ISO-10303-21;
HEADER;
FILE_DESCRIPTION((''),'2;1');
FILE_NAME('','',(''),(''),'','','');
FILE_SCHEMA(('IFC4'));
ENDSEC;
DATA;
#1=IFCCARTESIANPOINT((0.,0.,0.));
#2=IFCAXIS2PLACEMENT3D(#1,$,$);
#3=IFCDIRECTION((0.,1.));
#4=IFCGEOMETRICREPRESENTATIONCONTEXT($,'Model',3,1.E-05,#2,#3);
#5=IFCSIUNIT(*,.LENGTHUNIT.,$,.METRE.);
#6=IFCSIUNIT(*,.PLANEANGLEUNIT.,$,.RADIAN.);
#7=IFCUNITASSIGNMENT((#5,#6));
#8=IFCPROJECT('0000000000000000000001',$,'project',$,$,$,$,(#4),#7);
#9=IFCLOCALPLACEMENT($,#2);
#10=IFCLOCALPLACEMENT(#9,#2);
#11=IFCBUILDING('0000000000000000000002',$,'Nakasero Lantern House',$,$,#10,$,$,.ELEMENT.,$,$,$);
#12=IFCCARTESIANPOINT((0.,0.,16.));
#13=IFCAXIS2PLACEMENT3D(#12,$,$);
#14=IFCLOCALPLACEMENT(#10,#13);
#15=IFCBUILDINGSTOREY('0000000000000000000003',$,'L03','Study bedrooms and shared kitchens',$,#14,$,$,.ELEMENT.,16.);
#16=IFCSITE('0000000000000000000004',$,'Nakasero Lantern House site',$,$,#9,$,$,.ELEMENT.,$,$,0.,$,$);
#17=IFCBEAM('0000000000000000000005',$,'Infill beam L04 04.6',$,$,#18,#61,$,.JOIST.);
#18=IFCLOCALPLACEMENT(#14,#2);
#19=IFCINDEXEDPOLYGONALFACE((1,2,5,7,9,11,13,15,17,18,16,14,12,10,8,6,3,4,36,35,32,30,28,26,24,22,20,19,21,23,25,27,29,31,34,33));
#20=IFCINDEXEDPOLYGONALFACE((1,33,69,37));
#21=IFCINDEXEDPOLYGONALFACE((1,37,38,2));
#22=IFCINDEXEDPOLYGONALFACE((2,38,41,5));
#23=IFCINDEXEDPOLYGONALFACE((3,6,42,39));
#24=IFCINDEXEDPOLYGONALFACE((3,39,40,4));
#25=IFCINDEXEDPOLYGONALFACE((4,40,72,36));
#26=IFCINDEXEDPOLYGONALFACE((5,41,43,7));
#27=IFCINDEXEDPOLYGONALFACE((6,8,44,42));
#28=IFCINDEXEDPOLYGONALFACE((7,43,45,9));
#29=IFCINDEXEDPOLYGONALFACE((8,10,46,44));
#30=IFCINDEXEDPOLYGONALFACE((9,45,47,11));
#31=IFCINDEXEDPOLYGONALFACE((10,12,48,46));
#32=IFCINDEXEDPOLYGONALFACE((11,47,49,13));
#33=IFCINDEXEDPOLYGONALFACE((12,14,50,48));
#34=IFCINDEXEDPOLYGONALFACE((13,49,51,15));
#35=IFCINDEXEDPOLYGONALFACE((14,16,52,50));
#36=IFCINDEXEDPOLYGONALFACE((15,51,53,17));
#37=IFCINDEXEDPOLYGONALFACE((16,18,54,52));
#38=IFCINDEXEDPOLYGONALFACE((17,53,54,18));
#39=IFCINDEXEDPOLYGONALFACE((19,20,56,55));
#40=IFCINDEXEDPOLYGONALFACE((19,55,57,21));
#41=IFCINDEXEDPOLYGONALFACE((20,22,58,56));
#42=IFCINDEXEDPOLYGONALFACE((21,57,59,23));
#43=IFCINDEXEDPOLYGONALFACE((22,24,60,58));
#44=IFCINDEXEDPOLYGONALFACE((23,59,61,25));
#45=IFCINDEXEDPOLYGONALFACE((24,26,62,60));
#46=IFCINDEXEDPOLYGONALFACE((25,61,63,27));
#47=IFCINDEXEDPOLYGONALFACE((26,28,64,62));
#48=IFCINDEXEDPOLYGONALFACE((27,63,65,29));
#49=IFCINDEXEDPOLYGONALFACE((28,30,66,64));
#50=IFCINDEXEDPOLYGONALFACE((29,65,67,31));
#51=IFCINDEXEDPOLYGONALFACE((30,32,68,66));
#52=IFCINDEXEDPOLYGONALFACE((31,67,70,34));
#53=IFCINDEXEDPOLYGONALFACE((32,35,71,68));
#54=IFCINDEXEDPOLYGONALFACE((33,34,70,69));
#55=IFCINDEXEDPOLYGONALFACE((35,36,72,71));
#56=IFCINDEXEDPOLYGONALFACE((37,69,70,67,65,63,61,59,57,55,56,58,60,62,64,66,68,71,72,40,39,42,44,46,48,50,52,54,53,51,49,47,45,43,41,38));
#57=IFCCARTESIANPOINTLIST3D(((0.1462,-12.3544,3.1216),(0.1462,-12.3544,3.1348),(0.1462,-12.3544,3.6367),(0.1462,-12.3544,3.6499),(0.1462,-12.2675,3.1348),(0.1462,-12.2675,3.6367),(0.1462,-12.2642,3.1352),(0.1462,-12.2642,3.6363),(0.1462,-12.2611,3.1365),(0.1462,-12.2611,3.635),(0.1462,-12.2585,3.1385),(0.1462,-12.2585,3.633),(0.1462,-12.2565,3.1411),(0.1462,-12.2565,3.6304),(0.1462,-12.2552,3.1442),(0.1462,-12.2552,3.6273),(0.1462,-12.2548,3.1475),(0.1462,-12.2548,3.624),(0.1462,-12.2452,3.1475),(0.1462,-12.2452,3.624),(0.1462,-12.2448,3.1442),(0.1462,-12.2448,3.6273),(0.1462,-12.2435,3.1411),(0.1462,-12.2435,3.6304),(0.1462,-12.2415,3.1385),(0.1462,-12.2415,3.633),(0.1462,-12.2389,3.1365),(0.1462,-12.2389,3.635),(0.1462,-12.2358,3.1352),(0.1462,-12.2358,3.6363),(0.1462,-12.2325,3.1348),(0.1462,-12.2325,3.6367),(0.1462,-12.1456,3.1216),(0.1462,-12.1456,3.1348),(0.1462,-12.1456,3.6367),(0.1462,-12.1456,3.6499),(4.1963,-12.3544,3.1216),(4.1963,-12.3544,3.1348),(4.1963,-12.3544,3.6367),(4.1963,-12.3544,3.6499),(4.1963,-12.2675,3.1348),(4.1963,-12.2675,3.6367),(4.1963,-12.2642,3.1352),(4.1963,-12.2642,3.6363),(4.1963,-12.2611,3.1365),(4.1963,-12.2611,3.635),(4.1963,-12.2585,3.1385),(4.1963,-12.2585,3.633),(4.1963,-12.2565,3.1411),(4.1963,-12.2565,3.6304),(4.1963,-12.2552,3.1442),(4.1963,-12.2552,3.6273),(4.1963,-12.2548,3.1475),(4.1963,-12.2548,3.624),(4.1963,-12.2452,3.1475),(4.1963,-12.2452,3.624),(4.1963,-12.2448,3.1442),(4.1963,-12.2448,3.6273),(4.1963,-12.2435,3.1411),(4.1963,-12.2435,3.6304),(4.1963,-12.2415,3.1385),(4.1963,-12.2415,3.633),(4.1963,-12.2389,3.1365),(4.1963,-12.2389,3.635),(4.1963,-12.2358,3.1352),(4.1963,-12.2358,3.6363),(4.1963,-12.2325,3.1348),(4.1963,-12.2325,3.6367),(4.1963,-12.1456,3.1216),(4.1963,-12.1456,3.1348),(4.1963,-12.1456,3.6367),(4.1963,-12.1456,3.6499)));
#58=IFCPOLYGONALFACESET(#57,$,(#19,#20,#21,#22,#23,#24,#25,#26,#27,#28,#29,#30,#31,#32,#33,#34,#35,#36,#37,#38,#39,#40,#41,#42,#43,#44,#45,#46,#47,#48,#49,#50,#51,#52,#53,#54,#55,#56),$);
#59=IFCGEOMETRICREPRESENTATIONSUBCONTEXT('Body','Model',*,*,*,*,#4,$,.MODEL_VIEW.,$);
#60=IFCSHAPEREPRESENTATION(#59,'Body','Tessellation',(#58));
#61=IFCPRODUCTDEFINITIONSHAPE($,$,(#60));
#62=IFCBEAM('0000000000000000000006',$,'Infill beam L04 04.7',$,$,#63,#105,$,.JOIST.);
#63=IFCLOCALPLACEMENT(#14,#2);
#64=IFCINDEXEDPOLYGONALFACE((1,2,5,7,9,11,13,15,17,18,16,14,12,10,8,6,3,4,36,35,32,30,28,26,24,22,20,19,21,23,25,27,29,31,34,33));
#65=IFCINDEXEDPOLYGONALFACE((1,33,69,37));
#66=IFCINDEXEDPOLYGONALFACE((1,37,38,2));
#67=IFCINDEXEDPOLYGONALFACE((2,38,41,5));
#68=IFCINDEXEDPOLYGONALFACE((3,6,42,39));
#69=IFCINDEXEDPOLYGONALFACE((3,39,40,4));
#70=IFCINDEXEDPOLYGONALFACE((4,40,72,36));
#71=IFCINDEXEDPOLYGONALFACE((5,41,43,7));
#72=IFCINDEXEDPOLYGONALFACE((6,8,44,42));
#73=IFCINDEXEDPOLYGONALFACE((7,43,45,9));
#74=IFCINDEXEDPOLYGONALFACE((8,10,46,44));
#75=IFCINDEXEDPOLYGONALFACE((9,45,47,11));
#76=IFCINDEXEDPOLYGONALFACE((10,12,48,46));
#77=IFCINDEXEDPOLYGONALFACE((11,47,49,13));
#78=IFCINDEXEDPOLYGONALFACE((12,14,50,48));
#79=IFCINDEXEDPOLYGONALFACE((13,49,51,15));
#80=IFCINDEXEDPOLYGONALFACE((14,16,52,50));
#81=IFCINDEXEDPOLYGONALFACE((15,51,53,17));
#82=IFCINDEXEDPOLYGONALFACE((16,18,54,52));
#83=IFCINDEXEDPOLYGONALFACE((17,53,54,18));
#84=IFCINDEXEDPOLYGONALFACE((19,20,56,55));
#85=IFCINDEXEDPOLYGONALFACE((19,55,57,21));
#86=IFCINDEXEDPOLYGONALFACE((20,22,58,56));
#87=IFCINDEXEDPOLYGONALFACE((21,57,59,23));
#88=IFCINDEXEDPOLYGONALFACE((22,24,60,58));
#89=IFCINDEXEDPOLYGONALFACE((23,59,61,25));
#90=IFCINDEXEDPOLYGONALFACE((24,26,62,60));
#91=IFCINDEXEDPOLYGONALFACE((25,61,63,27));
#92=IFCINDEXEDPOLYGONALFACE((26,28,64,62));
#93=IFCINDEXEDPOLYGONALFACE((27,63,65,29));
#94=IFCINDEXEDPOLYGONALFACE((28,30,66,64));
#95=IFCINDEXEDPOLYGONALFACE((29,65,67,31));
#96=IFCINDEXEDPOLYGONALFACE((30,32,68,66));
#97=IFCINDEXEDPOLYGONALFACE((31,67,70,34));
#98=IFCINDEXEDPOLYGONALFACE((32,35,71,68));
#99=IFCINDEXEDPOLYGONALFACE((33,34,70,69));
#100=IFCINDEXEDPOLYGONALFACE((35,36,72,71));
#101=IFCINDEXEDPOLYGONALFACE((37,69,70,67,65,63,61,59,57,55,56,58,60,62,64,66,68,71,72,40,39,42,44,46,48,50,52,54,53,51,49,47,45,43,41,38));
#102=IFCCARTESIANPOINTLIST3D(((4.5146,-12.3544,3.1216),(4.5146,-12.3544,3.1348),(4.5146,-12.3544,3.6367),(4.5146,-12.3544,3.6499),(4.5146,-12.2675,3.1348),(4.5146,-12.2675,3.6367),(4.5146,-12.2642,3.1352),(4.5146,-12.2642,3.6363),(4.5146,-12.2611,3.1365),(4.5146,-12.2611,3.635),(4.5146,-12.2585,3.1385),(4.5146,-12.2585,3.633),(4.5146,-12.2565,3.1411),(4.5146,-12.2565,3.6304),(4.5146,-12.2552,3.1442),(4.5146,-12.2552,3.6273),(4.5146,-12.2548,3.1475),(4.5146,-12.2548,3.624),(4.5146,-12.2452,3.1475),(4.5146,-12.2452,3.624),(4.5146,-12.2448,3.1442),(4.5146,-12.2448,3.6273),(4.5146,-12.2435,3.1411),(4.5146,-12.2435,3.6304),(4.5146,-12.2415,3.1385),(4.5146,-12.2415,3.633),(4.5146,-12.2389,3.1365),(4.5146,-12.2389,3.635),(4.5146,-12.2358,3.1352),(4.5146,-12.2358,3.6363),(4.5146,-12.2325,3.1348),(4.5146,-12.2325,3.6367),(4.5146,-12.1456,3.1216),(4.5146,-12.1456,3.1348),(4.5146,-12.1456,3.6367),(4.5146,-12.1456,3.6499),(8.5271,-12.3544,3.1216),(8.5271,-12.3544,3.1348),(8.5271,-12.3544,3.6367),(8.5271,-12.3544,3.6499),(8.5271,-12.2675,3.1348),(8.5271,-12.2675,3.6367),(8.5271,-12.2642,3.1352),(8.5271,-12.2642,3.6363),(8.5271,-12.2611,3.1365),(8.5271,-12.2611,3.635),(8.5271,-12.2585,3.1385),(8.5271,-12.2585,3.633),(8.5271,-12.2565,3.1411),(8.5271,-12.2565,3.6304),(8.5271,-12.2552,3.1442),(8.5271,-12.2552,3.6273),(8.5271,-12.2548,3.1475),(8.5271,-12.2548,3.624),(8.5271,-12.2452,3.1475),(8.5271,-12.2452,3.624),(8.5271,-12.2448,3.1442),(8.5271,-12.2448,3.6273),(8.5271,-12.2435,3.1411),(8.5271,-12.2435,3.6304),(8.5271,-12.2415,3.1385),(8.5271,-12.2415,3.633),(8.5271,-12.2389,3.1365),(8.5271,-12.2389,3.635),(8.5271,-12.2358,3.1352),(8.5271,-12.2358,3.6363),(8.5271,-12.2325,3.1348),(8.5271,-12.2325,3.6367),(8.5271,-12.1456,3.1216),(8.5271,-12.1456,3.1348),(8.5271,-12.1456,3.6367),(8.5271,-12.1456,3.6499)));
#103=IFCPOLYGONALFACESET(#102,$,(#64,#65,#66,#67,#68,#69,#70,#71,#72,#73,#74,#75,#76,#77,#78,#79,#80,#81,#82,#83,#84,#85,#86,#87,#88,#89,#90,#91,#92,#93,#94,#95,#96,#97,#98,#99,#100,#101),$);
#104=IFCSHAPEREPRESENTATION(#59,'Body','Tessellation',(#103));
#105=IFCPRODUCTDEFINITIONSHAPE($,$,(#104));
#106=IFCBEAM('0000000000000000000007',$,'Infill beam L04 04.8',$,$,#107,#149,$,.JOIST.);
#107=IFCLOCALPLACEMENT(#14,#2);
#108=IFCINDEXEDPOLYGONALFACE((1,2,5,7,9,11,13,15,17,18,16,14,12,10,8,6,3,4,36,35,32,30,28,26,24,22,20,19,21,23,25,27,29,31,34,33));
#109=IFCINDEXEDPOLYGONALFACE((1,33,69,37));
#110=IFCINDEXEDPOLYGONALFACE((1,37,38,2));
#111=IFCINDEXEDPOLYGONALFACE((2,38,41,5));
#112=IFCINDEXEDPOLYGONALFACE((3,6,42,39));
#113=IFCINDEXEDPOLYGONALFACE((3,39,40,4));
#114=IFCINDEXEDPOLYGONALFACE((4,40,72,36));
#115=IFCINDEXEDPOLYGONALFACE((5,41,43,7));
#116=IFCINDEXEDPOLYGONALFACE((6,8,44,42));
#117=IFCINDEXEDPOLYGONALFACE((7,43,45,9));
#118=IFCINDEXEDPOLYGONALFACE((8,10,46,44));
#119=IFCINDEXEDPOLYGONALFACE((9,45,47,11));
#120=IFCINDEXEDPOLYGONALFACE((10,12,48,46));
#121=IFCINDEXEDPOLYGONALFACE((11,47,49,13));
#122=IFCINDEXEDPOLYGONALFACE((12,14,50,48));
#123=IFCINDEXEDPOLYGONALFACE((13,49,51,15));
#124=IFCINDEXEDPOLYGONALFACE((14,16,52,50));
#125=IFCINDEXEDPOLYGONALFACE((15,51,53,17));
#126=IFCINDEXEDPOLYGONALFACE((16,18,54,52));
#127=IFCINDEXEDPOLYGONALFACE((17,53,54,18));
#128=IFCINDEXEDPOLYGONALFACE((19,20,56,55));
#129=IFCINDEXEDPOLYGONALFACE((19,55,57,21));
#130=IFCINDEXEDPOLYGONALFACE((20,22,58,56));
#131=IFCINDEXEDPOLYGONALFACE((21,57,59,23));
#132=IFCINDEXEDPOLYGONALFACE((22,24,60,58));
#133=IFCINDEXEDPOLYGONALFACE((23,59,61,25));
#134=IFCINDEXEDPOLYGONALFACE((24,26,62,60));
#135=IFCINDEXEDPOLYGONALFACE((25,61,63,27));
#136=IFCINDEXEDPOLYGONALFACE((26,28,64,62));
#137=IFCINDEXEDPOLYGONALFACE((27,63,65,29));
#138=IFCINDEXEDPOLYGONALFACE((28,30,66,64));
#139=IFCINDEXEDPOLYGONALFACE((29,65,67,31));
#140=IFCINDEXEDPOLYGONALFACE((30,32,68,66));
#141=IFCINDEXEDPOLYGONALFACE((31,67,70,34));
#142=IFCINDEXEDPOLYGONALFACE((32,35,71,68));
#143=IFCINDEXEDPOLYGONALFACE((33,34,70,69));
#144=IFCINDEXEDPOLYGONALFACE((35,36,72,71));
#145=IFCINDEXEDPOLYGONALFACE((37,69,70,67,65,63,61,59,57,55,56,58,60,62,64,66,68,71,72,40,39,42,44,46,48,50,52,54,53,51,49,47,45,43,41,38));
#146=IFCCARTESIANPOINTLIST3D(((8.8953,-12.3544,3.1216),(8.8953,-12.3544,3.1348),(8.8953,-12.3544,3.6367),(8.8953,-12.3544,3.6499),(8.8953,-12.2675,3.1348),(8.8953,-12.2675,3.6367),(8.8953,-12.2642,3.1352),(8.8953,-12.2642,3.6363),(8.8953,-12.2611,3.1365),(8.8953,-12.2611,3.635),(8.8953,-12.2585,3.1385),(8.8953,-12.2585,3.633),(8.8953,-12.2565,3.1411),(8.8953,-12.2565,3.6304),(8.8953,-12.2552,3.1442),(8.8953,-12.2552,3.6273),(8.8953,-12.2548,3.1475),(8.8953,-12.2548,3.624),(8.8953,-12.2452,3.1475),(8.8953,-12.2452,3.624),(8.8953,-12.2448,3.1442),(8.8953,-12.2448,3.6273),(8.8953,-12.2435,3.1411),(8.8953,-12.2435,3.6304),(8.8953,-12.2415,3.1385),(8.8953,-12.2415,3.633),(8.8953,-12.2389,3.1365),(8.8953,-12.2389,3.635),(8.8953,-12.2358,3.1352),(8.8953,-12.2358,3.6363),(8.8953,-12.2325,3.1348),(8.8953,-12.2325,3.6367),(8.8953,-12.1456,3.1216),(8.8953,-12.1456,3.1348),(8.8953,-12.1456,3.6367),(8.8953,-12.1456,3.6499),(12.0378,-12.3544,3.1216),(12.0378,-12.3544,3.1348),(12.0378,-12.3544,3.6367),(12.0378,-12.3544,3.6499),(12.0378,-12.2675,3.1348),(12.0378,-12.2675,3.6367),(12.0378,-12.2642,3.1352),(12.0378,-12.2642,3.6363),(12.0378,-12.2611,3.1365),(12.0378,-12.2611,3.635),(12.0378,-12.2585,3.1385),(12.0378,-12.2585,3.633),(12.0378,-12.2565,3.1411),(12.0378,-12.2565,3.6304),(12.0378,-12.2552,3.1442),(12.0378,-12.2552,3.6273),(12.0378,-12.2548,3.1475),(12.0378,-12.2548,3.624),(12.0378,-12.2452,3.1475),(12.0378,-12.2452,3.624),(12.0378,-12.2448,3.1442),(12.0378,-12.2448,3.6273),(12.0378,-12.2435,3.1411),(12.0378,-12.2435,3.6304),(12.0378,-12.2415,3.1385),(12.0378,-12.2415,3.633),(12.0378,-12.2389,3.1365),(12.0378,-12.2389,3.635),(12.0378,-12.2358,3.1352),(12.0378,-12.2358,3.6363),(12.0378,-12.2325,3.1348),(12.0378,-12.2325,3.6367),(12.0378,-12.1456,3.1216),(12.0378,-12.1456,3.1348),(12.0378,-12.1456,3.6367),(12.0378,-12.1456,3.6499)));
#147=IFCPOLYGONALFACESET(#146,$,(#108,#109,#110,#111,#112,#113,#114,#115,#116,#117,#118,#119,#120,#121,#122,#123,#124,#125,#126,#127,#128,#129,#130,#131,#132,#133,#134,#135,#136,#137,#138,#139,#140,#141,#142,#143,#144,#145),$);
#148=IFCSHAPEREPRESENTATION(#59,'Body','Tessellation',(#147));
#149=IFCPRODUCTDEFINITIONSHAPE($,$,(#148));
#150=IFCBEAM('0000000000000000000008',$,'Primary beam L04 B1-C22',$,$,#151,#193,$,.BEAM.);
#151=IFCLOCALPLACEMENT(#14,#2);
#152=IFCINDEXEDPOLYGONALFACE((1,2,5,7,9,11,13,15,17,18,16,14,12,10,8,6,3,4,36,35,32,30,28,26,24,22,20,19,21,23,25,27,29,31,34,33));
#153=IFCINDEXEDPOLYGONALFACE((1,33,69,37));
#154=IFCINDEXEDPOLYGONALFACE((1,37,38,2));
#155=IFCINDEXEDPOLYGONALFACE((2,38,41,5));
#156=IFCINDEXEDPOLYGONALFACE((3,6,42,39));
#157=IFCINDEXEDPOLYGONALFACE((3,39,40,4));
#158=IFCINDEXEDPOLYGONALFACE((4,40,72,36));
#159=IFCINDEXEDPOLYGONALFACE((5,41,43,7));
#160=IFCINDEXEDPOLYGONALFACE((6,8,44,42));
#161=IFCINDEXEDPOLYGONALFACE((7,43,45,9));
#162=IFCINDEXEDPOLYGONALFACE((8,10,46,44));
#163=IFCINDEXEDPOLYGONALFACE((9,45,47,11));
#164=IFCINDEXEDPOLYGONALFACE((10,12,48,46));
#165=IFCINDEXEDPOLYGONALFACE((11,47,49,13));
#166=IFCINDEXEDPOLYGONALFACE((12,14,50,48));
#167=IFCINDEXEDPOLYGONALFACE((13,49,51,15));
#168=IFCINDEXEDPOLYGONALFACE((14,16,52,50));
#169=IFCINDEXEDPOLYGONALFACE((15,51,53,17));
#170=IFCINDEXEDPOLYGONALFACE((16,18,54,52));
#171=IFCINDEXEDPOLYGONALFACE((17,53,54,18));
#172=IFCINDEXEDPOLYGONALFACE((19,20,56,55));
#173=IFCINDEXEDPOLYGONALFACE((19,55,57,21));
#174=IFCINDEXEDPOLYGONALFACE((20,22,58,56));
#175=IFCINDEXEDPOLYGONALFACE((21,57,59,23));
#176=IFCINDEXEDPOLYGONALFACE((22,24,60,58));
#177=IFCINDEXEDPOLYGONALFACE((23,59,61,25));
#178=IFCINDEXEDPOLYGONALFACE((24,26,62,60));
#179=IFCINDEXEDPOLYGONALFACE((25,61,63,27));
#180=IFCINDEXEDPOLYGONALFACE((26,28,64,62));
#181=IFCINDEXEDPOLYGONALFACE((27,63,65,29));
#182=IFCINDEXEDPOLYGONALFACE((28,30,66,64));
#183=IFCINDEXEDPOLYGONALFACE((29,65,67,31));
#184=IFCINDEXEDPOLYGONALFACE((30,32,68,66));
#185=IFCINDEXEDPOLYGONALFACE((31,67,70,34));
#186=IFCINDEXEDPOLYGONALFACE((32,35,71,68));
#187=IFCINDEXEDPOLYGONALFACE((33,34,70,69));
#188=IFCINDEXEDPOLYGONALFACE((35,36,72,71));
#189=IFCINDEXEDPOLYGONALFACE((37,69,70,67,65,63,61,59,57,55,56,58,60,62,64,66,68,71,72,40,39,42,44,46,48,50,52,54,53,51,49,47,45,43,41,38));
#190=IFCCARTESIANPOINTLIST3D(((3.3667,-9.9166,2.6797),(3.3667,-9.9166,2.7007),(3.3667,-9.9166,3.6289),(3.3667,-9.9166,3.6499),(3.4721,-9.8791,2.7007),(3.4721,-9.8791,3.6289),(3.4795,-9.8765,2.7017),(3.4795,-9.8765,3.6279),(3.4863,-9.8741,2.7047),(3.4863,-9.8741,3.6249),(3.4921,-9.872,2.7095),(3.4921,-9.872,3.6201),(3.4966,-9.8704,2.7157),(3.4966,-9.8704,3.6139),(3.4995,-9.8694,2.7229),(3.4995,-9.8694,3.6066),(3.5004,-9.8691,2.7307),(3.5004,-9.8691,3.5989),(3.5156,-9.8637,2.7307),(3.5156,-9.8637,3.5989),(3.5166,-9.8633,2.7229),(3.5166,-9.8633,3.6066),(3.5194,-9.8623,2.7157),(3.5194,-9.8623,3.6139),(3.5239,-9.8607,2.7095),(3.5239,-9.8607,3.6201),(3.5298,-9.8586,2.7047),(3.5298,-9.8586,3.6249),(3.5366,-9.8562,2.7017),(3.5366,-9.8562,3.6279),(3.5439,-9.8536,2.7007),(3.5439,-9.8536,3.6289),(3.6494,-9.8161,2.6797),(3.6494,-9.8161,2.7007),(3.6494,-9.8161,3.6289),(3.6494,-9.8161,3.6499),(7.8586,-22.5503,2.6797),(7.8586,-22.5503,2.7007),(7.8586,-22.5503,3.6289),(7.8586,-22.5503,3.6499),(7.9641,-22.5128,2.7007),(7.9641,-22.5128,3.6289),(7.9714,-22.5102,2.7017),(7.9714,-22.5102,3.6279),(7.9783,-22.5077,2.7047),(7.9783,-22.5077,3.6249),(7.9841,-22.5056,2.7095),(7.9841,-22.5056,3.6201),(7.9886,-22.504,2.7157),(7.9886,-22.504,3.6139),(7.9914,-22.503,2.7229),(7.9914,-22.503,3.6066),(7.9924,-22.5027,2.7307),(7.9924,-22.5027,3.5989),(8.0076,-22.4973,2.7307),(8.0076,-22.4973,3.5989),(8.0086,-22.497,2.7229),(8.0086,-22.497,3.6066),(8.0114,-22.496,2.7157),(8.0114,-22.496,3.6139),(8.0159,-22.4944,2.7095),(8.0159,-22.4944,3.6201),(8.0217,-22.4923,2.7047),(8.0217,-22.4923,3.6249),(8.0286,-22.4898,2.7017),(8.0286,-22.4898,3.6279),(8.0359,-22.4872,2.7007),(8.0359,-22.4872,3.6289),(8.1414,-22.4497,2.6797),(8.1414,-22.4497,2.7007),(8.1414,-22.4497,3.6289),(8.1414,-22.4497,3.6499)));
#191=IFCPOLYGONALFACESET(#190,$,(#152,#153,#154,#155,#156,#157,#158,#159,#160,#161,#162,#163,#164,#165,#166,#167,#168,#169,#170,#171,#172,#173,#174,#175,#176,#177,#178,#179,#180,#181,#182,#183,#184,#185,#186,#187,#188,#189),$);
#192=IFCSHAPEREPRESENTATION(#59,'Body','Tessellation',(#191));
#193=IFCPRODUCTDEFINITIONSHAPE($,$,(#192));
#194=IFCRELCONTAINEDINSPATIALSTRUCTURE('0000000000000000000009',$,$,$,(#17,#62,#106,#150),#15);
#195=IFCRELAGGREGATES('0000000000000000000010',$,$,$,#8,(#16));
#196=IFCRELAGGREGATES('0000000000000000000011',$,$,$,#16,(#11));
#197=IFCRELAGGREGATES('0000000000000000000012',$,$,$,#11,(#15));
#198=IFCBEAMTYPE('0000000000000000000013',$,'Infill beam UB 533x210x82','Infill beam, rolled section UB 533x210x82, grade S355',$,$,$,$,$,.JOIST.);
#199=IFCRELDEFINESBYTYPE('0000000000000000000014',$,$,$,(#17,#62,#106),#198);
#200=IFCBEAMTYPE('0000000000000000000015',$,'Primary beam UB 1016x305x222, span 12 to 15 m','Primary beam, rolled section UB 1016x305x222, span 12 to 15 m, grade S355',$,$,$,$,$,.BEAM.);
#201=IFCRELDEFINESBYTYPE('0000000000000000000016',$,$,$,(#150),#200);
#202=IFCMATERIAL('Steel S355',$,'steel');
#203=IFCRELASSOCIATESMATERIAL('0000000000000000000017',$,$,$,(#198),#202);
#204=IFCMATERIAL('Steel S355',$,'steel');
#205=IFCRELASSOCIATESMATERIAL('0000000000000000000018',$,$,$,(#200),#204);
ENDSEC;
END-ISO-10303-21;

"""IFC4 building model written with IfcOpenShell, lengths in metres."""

from ifc_helpers import new_model, si_unit, direction, frame, origin, origin_2d, place, context, subcontext, project, spatial, i_section, extrude, material, material_profile, profile_set, type_object, element, save


model = new_model("IFC4")

# Units and contexts
model_context = context("Model", 3, precision=1e-05, world=origin(), true_north=direction((0.0, 1.0)))
body_context = subcontext(model_context, "Body", "Model", "MODEL_VIEW")
ifc_project = project(units=[si_unit("LENGTHUNIT", "METRE"), si_unit("PLANEANGLEUNIT", "RADIAN")], contexts=[model_context])

# Site, building, storey
site_placement = place(None, origin())
site = spatial("IfcSite", under=ifc_project, at=site_placement, Name="Nakasero Lantern House site", CompositionType="ELEMENT", RefElevation=0.0)
building_placement = place(site_placement, origin())
building = spatial("IfcBuilding", under=site, at=building_placement, Name="Nakasero Lantern House", CompositionType="ELEMENT")
storey_placement = place(building_placement, frame((0.0, 0.0, 16.0)))
storey = spatial("IfcBuildingStorey", under=building, at=storey_placement, Name="L03", Description="Study bedrooms and shared kitchens", CompositionType="ELEMENT", Elevation=16.0)

# Beams
ifc_material_1 = material(Name="Steel S355", Category="steel")
ifc_material_profile_1 = material_profile(ifc_material_1, i_section(OverallWidth=0.2087, OverallDepth=0.5283, WebThickness=0.0095, FlangeThickness=0.0132, FilletRadius=0.0127, at=origin_2d()), Name="UB 533x210x82")
ifc_profile_set_1 = profile_set([ifc_material_profile_1], Name="Steel S355")
beam_type_1 = type_object("IfcBeamType", Name="Infill beam UB 533x210x82", Description="Infill beam, rolled section UB 533x210x82, grade S355", PredefinedType="JOIST", material=ifc_profile_set_1)
beam_1_placement = place(storey_placement, frame((0.1462, -12.25, 3.3857), z_axis=(1.0, 0.0, 0.0), x_axis=(0.0, 1.0, 0.0)))
element("IfcBeam", 1, at=beam_1_placement, inside=storey, type_object=beam_type_1, Name="Infill beam L04 04.6", PredefinedType="JOIST", context=body_context, shape_type="SweptSolid", body=[
    extrude(i_section(OverallWidth=0.2087, OverallDepth=0.5283, WebThickness=0.0095, FlangeThickness=0.0132, FilletRadius=0.0127, at=origin_2d()), origin(), (0.0, 0.0, 1.0), 4.05),
])
beam_2_placement = place(storey_placement, frame((4.5146, -12.25, 3.3857), z_axis=(1.0, 0.0, 0.0), x_axis=(0.0, 1.0, 0.0)))
element("IfcBeam", 2, at=beam_2_placement, inside=storey, type_object=beam_type_1, Name="Infill beam L04 04.7", PredefinedType="JOIST", context=body_context, shape_type="SweptSolid", body=[
    extrude(i_section(OverallWidth=0.2087, OverallDepth=0.5283, WebThickness=0.0095, FlangeThickness=0.0132, FilletRadius=0.0127, at=origin_2d()), origin(), (0.0, 0.0, 1.0), 4.0125),
])
beam_3_placement = place(storey_placement, frame((8.8953, -12.25, 3.3857), z_axis=(1.0, 0.0, 0.0), x_axis=(0.0, 1.0, 0.0)))
element("IfcBeam", 3, at=beam_3_placement, inside=storey, type_object=beam_type_1, Name="Infill beam L04 04.8", PredefinedType="JOIST", context=body_context, shape_type="SweptSolid", body=[
    extrude(i_section(OverallWidth=0.2087, OverallDepth=0.5283, WebThickness=0.0095, FlangeThickness=0.0132, FilletRadius=0.0127, at=origin_2d()), origin(), (0.0, 0.0, 1.0), 3.1426),
])
ifc_material_2 = material(Name="Steel S355", Category="steel")
ifc_material_profile_2 = material_profile(ifc_material_2, i_section(OverallWidth=0.3, OverallDepth=0.9702, WebThickness=0.0161, FlangeThickness=0.021, FilletRadius=0.03, at=origin_2d()), Name="UB 1016x305x222")
ifc_profile_set_2 = profile_set([ifc_material_profile_2], Name="Steel S355")
beam_type_2 = type_object("IfcBeamType", Name="Primary beam UB 1016x305x222, span 12 to 15 m", Description="Primary beam, rolled section UB 1016x305x222, span 12 to 15 m, grade S355", PredefinedType="BEAM", material=ifc_profile_set_2)
beam_4_placement = place(storey_placement, frame((8.0, -22.5, 3.1648), z_axis=(-0.335011, 0.942214, 0.0), x_axis=(-0.942214, -0.335011, 0.0)))
element("IfcBeam", 4, at=beam_4_placement, inside=storey, type_object=beam_type_2, Name="Primary beam L04 B1-C22", PredefinedType="BEAM", context=body_context, shape_type="SweptSolid", body=[
    extrude(i_section(OverallWidth=0.3, OverallDepth=0.9702, WebThickness=0.0161, FlangeThickness=0.021, FilletRadius=0.03, at=origin_2d()), origin(), (0.0, 0.0, 1.0), 13.4084),
])

save(model, "model.ifc")
